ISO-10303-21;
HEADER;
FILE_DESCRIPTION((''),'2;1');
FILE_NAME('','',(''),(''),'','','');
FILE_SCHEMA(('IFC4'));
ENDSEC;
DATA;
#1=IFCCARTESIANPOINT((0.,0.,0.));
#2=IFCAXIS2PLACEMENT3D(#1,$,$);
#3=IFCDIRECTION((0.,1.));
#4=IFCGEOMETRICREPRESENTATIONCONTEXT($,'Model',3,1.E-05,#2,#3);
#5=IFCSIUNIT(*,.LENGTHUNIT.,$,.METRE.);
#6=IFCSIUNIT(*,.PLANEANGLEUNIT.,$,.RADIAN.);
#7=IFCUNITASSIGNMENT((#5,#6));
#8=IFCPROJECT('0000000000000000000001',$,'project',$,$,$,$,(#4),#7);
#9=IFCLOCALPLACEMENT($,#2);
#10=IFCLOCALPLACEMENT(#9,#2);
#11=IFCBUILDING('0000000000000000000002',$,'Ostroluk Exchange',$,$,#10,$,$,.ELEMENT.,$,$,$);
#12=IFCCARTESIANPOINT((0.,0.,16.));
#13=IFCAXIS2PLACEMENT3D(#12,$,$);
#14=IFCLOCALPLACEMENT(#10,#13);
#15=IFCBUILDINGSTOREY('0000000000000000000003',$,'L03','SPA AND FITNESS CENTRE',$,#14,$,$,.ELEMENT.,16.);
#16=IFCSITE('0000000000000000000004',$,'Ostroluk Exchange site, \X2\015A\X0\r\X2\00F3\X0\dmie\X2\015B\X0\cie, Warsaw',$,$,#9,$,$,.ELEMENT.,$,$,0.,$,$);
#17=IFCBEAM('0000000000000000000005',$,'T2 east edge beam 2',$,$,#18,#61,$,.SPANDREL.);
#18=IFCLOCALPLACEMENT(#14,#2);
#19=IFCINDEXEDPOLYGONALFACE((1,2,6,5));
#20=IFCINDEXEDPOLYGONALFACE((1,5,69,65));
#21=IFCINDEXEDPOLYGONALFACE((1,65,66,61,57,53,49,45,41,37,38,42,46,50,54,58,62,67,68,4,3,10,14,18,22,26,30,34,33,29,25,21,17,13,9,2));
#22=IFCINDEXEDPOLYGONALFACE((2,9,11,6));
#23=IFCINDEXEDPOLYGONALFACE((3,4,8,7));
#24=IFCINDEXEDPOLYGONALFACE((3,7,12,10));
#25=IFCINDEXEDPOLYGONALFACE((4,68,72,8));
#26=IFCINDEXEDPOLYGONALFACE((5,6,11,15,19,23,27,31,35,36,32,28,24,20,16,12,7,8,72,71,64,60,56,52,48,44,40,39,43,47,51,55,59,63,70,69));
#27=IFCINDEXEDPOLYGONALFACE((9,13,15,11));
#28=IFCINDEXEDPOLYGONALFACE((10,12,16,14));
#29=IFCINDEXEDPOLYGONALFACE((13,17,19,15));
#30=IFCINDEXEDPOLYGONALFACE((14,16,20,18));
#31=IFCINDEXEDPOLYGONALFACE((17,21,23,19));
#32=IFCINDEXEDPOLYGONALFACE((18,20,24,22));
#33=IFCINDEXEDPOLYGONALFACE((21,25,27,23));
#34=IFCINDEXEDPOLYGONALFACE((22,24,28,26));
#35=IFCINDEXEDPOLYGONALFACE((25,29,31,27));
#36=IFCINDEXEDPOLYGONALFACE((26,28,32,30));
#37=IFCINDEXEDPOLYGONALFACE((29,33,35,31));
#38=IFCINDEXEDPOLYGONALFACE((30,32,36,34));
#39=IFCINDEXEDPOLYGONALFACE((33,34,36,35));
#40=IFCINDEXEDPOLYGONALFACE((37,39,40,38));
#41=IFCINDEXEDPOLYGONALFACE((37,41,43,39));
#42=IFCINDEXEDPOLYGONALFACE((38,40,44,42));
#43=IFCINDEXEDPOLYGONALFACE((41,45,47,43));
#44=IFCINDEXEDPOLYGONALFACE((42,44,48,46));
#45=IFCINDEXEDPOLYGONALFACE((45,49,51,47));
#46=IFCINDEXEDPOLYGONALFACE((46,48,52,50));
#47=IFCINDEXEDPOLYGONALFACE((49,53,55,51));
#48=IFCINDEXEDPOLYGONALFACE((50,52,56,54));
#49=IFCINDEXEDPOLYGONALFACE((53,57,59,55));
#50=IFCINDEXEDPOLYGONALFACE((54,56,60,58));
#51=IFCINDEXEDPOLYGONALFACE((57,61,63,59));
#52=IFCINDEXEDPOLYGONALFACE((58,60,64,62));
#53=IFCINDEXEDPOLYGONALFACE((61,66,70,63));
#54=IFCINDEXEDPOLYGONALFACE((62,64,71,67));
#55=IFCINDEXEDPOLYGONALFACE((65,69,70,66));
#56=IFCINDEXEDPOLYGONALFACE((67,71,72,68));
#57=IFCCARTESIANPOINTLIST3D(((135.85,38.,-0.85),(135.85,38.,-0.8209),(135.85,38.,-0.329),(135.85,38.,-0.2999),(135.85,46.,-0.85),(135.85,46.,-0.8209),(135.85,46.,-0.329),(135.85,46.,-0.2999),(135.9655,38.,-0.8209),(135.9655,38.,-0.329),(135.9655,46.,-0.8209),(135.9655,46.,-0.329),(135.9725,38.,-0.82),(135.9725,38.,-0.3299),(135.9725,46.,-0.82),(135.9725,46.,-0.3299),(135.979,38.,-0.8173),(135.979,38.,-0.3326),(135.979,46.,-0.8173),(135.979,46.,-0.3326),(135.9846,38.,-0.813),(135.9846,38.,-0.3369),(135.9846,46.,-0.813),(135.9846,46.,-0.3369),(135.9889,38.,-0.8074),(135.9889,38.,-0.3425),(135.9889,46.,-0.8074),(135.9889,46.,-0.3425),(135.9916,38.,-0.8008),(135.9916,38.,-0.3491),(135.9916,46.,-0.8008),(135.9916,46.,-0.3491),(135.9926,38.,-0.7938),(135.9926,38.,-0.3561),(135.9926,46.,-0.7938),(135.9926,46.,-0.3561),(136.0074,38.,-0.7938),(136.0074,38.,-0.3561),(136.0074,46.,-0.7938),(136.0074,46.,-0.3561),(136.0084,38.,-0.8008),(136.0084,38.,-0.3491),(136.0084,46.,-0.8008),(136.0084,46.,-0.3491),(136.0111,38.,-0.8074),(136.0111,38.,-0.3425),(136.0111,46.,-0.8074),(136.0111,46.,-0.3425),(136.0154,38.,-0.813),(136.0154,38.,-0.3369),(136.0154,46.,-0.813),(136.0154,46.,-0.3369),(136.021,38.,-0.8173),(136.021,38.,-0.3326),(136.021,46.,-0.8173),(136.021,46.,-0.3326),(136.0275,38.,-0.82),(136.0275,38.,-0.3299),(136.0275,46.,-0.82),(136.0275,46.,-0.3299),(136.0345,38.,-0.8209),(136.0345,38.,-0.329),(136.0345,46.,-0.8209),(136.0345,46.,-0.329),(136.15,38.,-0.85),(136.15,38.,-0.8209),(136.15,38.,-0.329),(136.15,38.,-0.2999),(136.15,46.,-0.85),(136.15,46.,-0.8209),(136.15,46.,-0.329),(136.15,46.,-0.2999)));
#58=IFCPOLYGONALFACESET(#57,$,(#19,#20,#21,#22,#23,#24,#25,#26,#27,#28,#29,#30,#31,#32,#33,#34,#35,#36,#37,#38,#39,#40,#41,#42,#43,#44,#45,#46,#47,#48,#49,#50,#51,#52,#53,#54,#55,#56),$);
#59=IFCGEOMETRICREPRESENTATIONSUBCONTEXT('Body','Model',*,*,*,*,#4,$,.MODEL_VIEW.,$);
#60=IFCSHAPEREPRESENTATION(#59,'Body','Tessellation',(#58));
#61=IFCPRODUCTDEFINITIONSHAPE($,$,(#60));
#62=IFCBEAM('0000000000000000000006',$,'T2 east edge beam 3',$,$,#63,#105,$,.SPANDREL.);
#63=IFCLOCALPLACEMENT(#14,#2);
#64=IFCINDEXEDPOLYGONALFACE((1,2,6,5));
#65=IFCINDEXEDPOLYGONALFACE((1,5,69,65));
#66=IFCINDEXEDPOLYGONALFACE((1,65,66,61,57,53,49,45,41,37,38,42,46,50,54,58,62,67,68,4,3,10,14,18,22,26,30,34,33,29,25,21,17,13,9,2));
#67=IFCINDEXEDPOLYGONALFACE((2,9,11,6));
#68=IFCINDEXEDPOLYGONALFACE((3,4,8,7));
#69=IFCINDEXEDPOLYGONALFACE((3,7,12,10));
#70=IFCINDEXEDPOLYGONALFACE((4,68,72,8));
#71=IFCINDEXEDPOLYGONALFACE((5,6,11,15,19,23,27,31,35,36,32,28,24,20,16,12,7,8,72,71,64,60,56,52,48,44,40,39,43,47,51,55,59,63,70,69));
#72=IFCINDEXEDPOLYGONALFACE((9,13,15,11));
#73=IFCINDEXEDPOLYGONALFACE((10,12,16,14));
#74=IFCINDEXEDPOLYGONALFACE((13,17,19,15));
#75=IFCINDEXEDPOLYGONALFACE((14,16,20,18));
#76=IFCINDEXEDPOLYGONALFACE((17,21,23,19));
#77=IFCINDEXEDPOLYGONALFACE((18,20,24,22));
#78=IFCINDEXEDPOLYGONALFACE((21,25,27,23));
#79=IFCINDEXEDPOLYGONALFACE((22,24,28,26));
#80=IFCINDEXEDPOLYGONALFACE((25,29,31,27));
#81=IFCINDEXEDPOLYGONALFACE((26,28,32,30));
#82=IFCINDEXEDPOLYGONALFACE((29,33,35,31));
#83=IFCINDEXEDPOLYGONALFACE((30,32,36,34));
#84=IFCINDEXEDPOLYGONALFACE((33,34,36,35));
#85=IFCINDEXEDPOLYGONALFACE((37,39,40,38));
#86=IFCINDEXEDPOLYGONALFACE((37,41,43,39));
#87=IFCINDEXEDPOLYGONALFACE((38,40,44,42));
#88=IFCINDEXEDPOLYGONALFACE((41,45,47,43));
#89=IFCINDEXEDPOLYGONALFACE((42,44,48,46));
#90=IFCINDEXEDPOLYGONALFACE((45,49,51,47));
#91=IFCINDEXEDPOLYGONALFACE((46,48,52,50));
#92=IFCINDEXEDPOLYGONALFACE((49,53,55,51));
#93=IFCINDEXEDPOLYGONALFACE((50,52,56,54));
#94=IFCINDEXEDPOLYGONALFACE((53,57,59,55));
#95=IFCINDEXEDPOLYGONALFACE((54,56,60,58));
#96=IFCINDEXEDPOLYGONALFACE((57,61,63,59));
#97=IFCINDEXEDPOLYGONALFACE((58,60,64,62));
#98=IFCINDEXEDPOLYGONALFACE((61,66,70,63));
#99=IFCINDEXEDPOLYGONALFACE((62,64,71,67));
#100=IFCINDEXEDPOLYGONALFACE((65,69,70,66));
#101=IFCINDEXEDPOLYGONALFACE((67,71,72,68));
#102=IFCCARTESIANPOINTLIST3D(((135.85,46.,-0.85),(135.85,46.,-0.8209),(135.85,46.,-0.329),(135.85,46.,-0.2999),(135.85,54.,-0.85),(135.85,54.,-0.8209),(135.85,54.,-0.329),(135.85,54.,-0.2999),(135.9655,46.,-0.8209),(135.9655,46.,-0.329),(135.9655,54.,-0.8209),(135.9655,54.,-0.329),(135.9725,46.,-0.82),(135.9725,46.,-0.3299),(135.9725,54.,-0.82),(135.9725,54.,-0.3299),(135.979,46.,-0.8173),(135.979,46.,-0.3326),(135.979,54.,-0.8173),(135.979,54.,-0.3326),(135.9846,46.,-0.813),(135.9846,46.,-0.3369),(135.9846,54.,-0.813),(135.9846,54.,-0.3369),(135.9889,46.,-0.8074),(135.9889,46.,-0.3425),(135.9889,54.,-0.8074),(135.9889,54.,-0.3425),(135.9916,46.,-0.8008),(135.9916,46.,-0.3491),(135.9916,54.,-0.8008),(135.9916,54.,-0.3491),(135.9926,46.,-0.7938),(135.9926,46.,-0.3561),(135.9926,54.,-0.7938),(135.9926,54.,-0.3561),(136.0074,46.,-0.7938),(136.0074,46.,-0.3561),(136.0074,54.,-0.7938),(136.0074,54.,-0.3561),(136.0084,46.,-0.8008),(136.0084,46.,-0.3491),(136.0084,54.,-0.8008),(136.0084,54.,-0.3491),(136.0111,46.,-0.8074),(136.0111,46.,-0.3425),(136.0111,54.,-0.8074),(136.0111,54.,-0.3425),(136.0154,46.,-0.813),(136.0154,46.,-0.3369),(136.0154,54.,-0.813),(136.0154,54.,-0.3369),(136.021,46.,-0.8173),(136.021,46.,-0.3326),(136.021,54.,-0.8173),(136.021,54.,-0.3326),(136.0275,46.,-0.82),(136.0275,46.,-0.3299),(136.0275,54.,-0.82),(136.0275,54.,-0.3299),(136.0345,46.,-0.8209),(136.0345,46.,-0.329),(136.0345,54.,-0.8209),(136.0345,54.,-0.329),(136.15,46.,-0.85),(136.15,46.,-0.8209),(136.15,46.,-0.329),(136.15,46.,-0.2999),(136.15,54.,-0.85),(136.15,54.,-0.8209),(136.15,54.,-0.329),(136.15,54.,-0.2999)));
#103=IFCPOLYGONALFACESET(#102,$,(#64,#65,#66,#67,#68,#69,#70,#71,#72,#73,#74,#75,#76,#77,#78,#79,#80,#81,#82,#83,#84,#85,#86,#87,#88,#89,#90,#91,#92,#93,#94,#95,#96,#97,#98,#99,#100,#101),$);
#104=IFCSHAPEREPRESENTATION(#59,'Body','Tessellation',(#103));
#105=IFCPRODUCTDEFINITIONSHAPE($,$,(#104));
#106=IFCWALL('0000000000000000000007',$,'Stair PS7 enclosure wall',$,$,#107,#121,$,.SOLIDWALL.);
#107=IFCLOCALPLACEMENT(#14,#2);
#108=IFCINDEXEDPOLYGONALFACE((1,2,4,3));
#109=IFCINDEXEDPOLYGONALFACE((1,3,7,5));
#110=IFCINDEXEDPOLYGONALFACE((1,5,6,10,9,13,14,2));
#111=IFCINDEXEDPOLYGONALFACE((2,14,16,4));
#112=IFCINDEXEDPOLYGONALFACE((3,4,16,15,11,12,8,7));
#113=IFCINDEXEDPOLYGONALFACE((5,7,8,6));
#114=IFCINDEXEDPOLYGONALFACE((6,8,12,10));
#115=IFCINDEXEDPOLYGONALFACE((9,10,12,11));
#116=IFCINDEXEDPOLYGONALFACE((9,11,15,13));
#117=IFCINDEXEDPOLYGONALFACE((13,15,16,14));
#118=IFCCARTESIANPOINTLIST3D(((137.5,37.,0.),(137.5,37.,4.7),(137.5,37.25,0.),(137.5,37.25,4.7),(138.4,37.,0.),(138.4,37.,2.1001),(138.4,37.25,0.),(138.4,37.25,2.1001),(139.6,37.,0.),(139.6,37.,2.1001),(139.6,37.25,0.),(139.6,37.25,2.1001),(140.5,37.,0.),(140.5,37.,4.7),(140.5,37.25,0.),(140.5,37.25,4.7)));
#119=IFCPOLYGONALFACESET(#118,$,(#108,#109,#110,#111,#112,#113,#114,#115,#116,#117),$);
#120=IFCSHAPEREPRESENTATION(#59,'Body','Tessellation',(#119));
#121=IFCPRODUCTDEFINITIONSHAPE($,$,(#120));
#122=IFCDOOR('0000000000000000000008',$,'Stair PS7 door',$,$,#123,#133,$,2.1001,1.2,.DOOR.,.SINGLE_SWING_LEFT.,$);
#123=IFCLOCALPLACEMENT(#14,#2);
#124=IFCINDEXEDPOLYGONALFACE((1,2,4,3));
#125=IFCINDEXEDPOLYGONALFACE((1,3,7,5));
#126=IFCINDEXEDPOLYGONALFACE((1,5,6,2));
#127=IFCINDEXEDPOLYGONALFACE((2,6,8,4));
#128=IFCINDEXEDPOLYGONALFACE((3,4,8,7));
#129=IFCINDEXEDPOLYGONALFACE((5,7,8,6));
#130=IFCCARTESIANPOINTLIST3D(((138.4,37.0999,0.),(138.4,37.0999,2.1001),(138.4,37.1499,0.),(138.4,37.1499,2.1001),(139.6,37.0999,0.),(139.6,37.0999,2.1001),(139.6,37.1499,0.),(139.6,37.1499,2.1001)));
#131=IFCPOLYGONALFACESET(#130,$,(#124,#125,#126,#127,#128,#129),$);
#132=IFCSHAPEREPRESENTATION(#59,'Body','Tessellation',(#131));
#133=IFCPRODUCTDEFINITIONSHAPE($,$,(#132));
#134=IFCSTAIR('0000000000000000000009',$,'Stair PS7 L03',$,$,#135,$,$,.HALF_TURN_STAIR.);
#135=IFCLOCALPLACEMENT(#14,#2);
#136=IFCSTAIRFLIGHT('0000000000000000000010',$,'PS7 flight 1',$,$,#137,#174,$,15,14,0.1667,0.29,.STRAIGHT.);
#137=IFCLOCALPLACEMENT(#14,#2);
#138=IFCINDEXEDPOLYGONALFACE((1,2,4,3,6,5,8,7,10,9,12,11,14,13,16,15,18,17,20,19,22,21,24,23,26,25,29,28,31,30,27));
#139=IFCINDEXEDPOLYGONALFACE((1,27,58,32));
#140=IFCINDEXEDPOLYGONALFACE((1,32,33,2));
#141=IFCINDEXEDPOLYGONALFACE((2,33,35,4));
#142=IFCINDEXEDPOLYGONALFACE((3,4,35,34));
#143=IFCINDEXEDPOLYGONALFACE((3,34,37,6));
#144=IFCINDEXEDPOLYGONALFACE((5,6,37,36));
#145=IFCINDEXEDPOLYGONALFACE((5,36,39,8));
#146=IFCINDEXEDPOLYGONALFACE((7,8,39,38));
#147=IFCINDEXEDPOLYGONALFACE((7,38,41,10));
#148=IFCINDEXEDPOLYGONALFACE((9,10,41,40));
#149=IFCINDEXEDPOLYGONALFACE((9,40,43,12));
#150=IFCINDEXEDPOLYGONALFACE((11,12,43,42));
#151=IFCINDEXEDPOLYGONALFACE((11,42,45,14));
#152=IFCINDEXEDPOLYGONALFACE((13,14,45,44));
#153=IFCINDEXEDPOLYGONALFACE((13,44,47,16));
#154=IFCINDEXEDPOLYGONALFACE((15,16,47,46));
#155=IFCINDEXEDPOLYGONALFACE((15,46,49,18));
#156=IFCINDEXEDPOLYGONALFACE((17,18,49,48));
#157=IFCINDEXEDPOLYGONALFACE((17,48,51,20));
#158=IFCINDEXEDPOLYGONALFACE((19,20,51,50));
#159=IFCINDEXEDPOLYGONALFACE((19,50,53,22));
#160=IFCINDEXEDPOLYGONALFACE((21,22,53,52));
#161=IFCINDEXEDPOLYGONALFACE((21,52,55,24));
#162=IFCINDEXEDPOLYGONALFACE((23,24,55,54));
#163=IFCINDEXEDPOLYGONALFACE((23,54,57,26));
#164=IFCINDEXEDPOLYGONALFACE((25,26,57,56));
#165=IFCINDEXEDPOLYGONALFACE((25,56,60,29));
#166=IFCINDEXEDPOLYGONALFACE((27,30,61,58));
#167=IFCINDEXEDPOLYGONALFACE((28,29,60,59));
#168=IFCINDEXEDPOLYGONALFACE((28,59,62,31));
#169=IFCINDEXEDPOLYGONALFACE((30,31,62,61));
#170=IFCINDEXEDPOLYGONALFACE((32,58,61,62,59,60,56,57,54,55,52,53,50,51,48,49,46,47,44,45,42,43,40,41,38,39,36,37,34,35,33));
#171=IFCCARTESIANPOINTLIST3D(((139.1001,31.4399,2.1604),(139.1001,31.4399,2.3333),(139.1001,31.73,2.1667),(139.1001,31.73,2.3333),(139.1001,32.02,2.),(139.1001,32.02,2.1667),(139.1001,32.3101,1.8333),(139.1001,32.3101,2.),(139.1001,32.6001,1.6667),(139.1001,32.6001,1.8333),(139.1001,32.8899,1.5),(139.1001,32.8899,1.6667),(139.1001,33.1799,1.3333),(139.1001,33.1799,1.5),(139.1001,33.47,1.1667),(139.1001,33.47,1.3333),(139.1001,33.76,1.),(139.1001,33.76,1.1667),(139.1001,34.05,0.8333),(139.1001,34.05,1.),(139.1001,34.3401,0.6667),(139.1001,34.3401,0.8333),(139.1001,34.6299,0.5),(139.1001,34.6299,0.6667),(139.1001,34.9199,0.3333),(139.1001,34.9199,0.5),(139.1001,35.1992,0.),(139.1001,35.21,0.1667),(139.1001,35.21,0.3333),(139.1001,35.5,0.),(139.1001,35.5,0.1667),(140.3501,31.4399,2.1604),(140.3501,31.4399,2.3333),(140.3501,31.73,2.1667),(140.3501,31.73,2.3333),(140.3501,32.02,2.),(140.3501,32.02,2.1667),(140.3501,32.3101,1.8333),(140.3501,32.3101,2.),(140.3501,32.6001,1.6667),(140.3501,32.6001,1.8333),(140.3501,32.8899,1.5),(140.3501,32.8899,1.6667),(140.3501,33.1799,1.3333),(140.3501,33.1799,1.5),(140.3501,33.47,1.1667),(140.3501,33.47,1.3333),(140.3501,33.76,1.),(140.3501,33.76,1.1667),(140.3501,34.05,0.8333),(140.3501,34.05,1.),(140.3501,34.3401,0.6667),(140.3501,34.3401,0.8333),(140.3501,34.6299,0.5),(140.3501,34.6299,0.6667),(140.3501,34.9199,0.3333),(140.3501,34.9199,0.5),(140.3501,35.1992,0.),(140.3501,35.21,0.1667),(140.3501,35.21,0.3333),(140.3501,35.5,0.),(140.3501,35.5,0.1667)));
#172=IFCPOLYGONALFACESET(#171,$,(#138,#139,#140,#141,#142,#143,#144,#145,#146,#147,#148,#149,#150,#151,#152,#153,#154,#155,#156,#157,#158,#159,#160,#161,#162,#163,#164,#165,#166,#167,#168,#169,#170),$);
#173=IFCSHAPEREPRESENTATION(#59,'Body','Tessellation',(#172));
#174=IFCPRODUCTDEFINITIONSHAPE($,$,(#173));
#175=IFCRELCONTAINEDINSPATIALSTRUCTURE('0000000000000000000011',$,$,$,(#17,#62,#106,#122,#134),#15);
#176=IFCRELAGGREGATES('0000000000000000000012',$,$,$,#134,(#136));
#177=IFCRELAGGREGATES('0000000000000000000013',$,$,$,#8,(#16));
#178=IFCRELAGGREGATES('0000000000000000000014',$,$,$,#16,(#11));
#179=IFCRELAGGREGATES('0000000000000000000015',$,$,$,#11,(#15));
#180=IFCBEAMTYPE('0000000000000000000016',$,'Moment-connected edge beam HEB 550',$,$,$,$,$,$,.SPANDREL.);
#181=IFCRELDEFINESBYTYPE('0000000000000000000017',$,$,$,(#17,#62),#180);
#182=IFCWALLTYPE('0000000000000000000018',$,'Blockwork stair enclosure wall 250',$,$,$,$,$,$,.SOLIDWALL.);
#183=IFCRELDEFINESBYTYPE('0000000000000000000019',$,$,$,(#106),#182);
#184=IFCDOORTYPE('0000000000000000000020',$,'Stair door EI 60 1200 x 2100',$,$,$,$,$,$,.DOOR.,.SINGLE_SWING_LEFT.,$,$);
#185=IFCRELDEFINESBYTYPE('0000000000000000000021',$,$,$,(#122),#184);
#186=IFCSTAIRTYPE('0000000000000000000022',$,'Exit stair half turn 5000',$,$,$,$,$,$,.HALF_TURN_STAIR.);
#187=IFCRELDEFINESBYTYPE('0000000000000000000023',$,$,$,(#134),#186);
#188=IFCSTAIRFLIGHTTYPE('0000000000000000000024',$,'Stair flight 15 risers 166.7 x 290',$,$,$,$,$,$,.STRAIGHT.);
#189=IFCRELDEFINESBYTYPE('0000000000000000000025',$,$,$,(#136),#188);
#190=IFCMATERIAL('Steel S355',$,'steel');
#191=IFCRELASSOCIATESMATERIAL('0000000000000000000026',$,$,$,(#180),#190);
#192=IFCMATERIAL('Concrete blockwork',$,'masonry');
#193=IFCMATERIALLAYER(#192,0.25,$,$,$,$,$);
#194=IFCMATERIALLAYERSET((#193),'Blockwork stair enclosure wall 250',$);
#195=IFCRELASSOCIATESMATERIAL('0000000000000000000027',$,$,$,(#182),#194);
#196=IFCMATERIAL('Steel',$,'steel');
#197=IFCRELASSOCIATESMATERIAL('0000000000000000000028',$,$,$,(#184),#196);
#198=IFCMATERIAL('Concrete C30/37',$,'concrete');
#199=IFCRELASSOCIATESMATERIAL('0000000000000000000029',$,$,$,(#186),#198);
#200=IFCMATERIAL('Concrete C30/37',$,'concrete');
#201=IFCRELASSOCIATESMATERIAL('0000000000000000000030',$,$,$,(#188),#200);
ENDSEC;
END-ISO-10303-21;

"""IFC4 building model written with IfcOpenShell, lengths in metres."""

from ifc_helpers import new_model, si_unit, direction, frame, frame_2d, origin, origin_2d, place, context, subcontext, project, spatial, polyline, rectangle, i_section, outline, extrude, material, layer, layer_set, material_profile, profile_set, type_object, element, fill, aggregate, save


model = new_model("IFC4")

# Units and contexts
model_context = context("Model", 3, precision=1e-05, world=origin(), true_north=direction((0.0, 1.0)))
body_context = subcontext(model_context, "Body", "Model", "MODEL_VIEW")
ifc_project = project(units=[si_unit("LENGTHUNIT", "METRE"), si_unit("PLANEANGLEUNIT", "RADIAN")], contexts=[model_context])

# Site, building, storey
site_placement = place(None, origin())
site = spatial("IfcSite", under=ifc_project, at=site_placement, Name="Ostroluk Exchange site, Śródmieście, Warsaw", CompositionType="ELEMENT", RefElevation=0.0)
building_placement = place(site_placement, origin())
building = spatial("IfcBuilding", under=site, at=building_placement, Name="Ostroluk Exchange", CompositionType="ELEMENT")
storey_placement = place(building_placement, frame((0.0, 0.0, 16.0)))
storey = spatial("IfcBuildingStorey", under=building, at=storey_placement, Name="L03", Description="SPA AND FITNESS CENTRE", CompositionType="ELEMENT", Elevation=16.0)

# Beams
ifc_material_1 = material(Name="Steel S355", Category="steel")
ifc_material_profile_1 = material_profile(ifc_material_1, i_section(OverallWidth=0.3, OverallDepth=0.55, WebThickness=0.0149, FlangeThickness=0.0291, FilletRadius=0.0271, at=origin_2d()), Name="HEB 550")
ifc_profile_set_1 = profile_set([ifc_material_profile_1], Name="Steel S355")
beam_type_1 = type_object("IfcBeamType", Name="Moment-connected edge beam HEB 550", PredefinedType="SPANDREL", material=ifc_profile_set_1)
for number, where, z_axis, x_axis, name in (
    (1, (136.0, 38.0, -0.575), (0.0, 1.0, 0.0), (-1.0, 0.0, 0.0), "T2 east edge beam 2"),
    (2, (136.0, 46.0, -0.575), (0.0, 1.0, 0.0), (-1.0, 0.0, 0.0), "T2 east edge beam 3"),
):
    element("IfcBeam", number, at=place(storey_placement, frame(where, z_axis=z_axis, x_axis=x_axis)), inside=storey, type_object=beam_type_1, Name=name, PredefinedType="SPANDREL", context=body_context, shape_type="SweptSolid", body=[
        extrude(i_section(OverallWidth=0.3, OverallDepth=0.55, WebThickness=0.0149, FlangeThickness=0.0291, FilletRadius=0.0271, at=origin_2d()), origin(), (0.0, 0.0, 1.0), 8.0),
    ])

# Wall, opening, door
ifc_material_2 = material(Name="Concrete blockwork", Category="masonry")
ifc_layer = layer(ifc_material_2, 0.25)
ifc_layer_set = layer_set([ifc_layer], Name="Blockwork stair enclosure wall 250")
wall_type = type_object("IfcWallType", Name="Blockwork stair enclosure wall 250", PredefinedType="SOLIDWALL", material=ifc_layer_set)
wall_placement = place(storey_placement, frame((137.5, 37.125, 0.0), z_axis=(0.0, 0.0, 1.0), x_axis=(1.0, 0.0, 0.0)))
wall = element("IfcWall", 3, at=wall_placement, inside=storey, type_object=wall_type, Name="Stair PS7 enclosure wall", PredefinedType="SOLIDWALL", context=body_context, shape_type="SweptSolid", body=[
    extrude(rectangle(XDim=3.0, YDim=0.25, at=frame_2d((1.5, 0.0))), origin(), (0.0, 0.0, 1.0), 4.7),
])
opening_placement = place(wall_placement, frame((0.8999, 0.0, 0.0)))
opening = element("IfcOpeningElement", 4, at=opening_placement, cuts=wall, PredefinedType="OPENING", context=body_context, shape_type="SweptSolid", body=[
    extrude(rectangle(XDim=1.2, YDim=2.1001, at=frame_2d((0.6001, 1.05))), frame((0.0, 0.135, 0.0), z_axis=(0.0, -1.0, 0.0), x_axis=(1.0, 0.0, 0.0)), (0.0, 0.0, 1.0), 0.27),
])
ifc_material_3 = material(Name="Steel", Category="steel")
door_type = type_object("IfcDoorType", Name="Stair door EI 60 1200 x 2100", OperationType="SINGLE_SWING_LEFT", PredefinedType="DOOR", material=ifc_material_3)
door_placement = place(opening_placement, origin())
door = element("IfcDoor", 5, at=door_placement, inside=storey, type_object=door_type, Name="Stair PS7 door", OperationType="SINGLE_SWING_LEFT", OverallHeight=2.1001, OverallWidth=1.2, PredefinedType="DOOR", context=body_context, shape_type="SweptSolid", body=[
    extrude(rectangle(XDim=1.2, YDim=2.1001, at=frame_2d((0.6001, 1.05))), frame((0.0, 0.0249, 0.0), z_axis=(0.0, -1.0, 0.0), x_axis=(1.0, 0.0, 0.0)), (0.0, 0.0, 1.0), 0.05),
])
fill(opening, door)

# Stair, stair flight
ifc_material_4 = material(Name="Concrete C30/37", Category="concrete")
stair_type = type_object("IfcStairType", Name="Exit stair half turn 5000", PredefinedType="HALF_TURN_STAIR", material=ifc_material_4)
stair_placement = place(storey_placement, origin())
stair = element("IfcStair", 6, at=stair_placement, inside=storey, type_object=stair_type, Name="Stair PS7 L03", PredefinedType="HALF_TURN_STAIR")
ifc_material_5 = material(Name="Concrete C30/37", Category="concrete")
stair_flight_type = type_object("IfcStairFlightType", Name="Stair flight 15 risers 166.7 x 290", PredefinedType="STRAIGHT", material=ifc_material_5)
stair_flight_placement = place(storey_placement, frame((139.7251, 35.5, 0.0), z_axis=(0.0, 0.0, 1.0), x_axis=(0.0, -1.0, 0.0)))
stair_flight = element("IfcStairFlight", 7, at=stair_flight_placement, type_object=stair_flight_type, Name="PS7 flight 1", NumberOfRisers=15, NumberOfTreads=14, PredefinedType="STRAIGHT", RiserHeight=0.1667, TreadLength=0.29, context=body_context, shape_type="SweptSolid", body=[
    extrude(outline(polyline([(0.0, 0.0), (0.0, 0.1667), (0.29, 0.1667), (0.29, 0.3333), (0.5801, 0.3333), (0.5801, 0.5), (0.8701, 0.5), (0.8701, 0.6667), (1.1599, 0.6667), (1.1599, 0.8333), (1.45, 0.8333), (1.45, 1.0), (1.74, 1.0), (1.74, 1.1667), (2.03, 1.1667), (2.03, 1.3333), (2.3201, 1.3333), (2.3201, 1.5), (2.6101, 1.5), (2.6101, 1.6667), (2.8999, 1.6667), (2.8999, 1.8333), (3.1899, 1.8333), (3.1899, 2.0), (3.48, 2.0), (3.48, 2.1667), (3.77, 2.1667), (3.77, 2.3333), (4.0601, 2.3333), (4.0601, 2.5), (4.0601, 2.1604), (0.3008, 0.0), (0.0, 0.0)])), frame((0.0, 0.625, 0.0), z_axis=(0.0, -1.0, 0.0), x_axis=(1.0, 0.0, 0.0)), (0.0, 0.0, 1.0), 1.25),
])
aggregate(stair, [stair_flight])

save(model, "model.ifc")
